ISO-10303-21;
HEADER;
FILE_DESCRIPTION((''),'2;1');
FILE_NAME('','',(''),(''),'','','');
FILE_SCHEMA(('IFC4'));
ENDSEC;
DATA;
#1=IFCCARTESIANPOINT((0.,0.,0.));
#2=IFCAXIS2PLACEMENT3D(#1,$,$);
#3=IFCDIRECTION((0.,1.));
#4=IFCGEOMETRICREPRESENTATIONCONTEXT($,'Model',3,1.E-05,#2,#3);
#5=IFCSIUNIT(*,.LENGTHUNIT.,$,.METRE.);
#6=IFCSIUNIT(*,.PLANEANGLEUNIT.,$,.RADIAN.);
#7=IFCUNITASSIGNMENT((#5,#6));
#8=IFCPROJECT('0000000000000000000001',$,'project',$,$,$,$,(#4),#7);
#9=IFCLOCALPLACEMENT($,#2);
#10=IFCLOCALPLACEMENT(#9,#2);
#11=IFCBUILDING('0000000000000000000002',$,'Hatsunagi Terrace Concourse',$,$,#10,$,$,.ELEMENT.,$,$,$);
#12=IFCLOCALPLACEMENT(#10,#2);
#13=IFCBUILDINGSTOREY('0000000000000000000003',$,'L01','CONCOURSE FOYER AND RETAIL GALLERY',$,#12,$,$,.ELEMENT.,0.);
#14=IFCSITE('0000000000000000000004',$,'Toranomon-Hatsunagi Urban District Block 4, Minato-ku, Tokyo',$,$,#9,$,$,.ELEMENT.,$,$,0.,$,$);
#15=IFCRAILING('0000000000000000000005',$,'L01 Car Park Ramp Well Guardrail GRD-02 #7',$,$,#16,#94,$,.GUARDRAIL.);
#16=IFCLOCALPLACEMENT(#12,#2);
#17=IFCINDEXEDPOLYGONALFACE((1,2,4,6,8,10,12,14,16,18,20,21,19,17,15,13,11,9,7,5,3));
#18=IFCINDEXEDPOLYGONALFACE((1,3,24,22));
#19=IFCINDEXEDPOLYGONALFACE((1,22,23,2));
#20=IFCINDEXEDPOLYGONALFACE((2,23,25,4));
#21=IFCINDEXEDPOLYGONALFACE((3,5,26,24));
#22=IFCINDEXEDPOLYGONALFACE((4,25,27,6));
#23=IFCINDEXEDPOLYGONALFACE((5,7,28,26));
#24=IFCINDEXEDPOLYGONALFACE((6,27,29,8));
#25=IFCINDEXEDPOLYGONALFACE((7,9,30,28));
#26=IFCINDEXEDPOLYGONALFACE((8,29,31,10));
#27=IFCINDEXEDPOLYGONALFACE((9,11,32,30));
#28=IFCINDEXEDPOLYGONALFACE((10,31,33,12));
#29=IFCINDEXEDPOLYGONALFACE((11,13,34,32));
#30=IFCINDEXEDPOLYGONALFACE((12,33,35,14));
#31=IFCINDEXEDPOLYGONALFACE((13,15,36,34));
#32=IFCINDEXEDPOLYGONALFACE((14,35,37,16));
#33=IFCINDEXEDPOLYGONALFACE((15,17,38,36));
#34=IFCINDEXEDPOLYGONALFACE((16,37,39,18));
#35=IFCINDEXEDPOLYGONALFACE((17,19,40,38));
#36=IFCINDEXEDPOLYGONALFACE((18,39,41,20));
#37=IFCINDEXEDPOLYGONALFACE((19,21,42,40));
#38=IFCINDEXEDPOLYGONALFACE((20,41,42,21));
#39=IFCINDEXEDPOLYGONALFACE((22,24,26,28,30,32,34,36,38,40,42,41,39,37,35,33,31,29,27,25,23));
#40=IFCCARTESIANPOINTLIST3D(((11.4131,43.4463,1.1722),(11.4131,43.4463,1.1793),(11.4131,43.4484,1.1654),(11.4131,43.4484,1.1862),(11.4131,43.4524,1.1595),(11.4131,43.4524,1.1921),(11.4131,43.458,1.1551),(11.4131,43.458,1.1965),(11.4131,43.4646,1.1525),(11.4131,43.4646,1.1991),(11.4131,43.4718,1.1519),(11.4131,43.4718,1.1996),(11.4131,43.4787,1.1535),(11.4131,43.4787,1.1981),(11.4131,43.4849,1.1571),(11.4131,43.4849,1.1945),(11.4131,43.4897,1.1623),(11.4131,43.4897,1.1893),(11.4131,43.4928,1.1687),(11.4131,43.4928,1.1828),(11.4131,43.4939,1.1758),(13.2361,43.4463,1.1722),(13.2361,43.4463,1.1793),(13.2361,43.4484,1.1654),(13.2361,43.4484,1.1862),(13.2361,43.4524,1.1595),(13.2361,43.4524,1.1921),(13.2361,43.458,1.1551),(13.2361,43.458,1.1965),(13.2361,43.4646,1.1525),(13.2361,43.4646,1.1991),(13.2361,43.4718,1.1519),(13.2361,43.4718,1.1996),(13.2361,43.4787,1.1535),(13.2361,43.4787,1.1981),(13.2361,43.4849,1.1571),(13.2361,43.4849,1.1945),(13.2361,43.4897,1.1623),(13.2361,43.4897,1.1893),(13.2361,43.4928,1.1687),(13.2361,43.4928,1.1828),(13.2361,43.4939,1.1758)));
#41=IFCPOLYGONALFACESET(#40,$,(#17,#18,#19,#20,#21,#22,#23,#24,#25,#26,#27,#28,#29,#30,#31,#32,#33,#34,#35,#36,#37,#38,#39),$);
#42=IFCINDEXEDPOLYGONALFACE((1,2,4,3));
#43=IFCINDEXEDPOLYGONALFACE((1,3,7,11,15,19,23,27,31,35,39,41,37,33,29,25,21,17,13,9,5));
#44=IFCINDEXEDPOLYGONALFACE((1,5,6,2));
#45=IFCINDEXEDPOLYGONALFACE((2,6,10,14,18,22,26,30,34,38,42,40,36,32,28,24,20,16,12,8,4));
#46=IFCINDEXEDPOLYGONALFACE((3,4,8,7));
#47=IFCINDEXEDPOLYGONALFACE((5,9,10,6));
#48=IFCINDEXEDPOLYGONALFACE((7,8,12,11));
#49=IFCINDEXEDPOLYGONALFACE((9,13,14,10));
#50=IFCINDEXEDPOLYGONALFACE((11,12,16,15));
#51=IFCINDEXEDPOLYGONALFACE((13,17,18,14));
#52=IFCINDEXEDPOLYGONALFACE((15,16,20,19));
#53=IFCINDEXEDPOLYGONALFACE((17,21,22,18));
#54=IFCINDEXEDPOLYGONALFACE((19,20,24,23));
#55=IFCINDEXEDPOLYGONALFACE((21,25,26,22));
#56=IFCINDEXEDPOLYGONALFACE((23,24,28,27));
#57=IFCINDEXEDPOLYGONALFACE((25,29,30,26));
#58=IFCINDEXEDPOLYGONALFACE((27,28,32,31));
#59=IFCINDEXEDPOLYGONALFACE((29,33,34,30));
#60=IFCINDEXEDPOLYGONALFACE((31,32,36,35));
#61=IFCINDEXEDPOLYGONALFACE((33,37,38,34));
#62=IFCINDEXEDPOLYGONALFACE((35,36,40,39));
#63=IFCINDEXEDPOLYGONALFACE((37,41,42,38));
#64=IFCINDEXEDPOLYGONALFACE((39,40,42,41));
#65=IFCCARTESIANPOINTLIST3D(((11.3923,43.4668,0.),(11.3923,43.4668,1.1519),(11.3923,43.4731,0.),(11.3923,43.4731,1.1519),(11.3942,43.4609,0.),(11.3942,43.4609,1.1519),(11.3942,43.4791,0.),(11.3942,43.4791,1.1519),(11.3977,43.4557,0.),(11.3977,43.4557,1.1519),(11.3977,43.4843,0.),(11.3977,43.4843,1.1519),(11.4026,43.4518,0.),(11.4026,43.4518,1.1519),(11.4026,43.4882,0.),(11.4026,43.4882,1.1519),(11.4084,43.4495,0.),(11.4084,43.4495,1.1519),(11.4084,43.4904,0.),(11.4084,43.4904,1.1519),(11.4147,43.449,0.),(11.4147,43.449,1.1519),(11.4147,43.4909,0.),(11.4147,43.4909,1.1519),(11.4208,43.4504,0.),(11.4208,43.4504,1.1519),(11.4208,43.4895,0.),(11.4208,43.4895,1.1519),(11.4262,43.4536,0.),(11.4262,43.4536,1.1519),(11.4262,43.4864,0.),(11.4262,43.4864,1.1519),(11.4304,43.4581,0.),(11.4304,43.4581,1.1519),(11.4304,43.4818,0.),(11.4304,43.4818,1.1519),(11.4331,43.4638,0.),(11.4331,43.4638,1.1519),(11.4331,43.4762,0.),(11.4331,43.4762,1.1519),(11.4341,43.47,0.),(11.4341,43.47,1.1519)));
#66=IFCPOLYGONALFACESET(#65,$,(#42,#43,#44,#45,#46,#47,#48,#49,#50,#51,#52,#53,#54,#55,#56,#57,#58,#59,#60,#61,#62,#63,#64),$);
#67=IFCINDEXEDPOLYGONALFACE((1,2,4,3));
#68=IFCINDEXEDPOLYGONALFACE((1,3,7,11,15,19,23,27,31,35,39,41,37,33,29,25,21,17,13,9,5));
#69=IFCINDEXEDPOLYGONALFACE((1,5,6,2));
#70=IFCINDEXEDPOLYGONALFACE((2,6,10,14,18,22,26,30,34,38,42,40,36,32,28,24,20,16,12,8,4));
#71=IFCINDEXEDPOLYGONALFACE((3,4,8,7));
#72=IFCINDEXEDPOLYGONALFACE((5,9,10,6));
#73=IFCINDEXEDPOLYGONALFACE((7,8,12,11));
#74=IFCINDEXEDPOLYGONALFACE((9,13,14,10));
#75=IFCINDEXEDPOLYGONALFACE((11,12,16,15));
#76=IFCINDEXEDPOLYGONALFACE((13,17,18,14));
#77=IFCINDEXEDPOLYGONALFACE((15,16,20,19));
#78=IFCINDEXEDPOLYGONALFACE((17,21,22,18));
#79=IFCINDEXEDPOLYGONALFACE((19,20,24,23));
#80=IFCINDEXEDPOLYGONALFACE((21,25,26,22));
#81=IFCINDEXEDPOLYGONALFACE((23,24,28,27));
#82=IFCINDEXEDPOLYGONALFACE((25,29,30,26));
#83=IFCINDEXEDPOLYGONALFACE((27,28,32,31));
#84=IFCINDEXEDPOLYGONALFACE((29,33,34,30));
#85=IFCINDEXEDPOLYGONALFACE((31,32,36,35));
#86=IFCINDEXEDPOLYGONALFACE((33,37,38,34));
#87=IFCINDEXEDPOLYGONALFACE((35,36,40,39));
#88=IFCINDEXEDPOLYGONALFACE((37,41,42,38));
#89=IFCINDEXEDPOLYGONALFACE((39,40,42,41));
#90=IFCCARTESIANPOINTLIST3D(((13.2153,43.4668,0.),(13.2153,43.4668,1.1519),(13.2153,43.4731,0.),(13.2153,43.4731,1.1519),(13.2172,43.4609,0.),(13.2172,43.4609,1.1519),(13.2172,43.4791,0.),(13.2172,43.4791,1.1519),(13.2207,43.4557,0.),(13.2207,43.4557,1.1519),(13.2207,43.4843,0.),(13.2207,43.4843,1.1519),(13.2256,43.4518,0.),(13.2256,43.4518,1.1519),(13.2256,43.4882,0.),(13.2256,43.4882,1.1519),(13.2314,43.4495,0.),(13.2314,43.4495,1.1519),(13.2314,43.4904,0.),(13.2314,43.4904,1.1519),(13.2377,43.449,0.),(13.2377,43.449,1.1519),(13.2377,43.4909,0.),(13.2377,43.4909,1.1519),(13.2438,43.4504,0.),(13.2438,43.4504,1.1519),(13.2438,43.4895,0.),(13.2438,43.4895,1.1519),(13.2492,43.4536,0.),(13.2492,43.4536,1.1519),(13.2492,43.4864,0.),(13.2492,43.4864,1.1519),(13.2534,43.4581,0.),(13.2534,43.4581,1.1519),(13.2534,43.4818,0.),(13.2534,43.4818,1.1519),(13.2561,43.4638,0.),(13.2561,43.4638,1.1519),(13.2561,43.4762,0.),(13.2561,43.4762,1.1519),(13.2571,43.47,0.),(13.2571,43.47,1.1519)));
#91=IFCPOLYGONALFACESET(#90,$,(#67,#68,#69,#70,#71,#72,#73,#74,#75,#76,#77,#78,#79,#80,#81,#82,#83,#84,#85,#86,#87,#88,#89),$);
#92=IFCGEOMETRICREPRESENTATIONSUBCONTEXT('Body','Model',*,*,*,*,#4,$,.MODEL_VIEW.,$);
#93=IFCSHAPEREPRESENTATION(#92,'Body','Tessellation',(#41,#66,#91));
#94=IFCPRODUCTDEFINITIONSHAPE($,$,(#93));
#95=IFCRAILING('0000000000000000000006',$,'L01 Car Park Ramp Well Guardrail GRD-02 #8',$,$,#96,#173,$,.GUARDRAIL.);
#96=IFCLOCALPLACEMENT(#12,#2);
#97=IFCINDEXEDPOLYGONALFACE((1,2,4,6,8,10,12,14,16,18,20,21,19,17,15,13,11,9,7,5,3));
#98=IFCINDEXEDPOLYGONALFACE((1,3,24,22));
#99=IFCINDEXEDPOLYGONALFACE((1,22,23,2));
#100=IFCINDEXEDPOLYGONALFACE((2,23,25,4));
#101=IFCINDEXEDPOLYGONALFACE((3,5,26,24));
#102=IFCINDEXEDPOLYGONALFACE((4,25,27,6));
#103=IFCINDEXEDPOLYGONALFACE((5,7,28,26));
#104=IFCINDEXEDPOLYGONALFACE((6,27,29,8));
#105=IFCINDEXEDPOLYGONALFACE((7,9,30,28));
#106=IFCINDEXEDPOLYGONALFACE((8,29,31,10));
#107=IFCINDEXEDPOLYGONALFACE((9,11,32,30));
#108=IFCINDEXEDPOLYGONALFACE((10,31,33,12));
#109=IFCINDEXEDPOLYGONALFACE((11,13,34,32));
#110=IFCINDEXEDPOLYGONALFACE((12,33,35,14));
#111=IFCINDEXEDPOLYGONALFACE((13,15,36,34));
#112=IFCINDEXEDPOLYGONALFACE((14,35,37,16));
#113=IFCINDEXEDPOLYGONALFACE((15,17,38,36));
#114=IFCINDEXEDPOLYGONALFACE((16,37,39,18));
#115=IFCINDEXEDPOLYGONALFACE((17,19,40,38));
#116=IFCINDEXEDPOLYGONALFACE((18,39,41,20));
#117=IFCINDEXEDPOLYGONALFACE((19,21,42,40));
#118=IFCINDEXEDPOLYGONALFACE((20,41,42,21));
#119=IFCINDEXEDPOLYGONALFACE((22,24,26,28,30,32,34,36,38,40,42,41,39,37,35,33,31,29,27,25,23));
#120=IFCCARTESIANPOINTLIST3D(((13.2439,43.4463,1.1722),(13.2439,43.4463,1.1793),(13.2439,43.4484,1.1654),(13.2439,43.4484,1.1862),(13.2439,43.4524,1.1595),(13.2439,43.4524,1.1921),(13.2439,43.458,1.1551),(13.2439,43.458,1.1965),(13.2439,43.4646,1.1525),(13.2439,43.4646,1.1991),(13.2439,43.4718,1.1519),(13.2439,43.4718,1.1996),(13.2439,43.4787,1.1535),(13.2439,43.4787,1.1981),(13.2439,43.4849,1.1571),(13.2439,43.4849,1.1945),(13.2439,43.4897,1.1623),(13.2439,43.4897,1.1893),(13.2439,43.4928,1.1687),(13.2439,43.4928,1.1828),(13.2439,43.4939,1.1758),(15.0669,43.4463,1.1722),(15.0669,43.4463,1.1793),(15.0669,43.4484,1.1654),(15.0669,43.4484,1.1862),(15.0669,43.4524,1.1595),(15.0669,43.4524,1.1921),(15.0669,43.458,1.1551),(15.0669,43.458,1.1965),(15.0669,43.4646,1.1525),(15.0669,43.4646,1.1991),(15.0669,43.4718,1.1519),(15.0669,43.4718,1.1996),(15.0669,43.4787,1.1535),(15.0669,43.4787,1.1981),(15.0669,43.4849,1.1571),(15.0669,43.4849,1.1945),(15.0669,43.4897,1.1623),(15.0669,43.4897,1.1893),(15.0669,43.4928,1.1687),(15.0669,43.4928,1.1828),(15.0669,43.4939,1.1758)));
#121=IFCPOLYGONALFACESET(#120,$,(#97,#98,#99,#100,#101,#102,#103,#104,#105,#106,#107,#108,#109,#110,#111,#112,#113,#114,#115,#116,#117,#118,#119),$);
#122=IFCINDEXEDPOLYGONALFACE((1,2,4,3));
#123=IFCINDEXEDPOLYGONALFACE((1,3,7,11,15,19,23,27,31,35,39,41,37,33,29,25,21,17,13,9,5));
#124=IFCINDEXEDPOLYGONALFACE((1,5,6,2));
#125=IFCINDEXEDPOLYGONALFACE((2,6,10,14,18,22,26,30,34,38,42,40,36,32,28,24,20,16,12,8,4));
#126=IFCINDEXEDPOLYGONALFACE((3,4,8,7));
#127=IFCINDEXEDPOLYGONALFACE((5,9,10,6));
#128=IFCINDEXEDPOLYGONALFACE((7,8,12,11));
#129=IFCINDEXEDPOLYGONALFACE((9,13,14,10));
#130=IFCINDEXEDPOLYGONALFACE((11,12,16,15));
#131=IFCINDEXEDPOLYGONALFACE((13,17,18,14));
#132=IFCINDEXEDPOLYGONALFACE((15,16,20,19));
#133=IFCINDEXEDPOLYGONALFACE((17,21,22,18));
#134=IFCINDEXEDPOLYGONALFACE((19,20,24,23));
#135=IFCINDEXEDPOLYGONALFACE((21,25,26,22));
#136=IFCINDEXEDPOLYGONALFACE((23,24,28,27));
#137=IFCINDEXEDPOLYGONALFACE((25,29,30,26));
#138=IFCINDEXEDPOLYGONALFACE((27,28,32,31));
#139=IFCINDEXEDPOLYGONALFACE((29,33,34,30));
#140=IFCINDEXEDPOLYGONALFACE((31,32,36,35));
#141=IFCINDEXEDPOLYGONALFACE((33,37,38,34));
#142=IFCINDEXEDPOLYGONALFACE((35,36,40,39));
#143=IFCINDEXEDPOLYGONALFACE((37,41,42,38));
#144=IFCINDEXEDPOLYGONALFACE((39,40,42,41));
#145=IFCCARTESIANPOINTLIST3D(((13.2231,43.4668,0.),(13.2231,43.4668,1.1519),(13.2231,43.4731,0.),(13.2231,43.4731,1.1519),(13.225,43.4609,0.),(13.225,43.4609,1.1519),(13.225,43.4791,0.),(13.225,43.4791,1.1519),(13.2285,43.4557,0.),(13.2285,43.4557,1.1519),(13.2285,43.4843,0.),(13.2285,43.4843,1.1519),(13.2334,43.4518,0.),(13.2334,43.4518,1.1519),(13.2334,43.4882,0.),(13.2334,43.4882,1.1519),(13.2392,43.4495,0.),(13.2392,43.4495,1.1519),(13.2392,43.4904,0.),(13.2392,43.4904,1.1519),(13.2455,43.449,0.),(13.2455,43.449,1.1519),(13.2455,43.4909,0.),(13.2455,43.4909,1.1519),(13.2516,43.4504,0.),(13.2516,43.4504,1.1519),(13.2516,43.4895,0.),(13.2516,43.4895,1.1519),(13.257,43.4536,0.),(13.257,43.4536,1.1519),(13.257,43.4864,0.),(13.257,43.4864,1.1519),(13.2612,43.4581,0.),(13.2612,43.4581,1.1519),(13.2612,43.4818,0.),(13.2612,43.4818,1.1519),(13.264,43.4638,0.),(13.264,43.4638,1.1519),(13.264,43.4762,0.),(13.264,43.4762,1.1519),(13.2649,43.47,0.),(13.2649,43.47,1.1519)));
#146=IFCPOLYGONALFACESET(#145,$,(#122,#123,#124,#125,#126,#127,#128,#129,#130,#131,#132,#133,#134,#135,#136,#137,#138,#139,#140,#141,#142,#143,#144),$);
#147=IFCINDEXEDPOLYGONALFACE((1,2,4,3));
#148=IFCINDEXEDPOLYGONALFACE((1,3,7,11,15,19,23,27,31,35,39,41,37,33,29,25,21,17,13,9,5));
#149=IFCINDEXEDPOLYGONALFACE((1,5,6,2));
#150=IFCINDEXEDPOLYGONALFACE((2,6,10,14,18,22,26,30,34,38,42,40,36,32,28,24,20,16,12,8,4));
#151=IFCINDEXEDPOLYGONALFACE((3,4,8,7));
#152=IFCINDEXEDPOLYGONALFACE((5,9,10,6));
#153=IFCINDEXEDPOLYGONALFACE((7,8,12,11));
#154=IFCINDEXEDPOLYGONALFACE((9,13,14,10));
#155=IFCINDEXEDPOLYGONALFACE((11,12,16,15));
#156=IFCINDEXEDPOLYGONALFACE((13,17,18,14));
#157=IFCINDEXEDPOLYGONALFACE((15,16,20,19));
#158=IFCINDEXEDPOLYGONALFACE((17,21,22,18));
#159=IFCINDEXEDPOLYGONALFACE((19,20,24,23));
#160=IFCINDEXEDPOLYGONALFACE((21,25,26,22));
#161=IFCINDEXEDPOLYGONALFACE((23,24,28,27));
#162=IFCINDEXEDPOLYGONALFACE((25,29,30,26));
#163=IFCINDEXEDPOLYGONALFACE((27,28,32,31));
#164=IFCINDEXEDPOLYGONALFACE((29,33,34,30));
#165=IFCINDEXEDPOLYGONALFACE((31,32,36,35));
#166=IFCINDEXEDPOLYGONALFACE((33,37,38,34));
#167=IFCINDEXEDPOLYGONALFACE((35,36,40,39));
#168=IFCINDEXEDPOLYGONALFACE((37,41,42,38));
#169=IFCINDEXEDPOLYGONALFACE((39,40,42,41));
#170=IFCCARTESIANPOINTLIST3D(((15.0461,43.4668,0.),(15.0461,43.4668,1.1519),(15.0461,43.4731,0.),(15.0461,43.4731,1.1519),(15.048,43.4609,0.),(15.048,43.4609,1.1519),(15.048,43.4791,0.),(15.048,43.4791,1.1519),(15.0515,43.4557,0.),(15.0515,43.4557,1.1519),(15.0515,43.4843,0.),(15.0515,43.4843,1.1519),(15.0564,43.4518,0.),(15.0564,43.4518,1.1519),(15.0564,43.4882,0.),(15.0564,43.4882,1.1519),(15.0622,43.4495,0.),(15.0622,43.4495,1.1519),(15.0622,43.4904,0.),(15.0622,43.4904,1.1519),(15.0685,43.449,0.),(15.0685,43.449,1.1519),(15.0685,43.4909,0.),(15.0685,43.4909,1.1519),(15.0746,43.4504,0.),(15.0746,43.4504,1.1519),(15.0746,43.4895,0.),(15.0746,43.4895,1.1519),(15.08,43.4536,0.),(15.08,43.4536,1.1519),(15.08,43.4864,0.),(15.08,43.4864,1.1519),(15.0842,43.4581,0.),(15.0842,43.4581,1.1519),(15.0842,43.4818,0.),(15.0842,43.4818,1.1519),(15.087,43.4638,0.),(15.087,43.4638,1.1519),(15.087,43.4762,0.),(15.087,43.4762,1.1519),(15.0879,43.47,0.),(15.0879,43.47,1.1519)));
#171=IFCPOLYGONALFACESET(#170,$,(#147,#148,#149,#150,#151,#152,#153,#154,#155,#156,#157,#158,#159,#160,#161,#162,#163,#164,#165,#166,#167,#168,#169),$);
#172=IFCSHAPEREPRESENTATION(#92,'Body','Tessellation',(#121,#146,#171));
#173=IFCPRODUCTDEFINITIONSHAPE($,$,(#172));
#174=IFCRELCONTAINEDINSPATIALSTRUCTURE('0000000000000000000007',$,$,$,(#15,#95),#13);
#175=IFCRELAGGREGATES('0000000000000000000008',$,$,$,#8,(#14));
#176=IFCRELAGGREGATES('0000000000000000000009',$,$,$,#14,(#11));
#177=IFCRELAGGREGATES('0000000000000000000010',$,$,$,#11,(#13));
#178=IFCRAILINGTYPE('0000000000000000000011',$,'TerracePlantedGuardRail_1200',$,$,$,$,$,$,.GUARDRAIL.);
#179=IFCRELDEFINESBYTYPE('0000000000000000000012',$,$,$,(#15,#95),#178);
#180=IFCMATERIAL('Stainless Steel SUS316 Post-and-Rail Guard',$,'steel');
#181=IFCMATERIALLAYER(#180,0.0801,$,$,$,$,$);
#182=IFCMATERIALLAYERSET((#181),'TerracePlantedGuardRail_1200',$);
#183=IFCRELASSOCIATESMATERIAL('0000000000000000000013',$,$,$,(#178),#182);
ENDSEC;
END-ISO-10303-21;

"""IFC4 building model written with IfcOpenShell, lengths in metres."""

from ifc_helpers import new_model, si_unit, direction, frame, origin, origin_2d, place, context, subcontext, project, spatial, circle, extrude, material, layer, layer_set, type_object, element, save


model = new_model("IFC4")

# Units and contexts
model_context = context("Model", 3, precision=1e-05, world=origin(), true_north=direction((0.0, 1.0)))
body_context = subcontext(model_context, "Body", "Model", "MODEL_VIEW")
ifc_project = project(units=[si_unit("LENGTHUNIT", "METRE"), si_unit("PLANEANGLEUNIT", "RADIAN")], contexts=[model_context])

# Site, building, storey
site_placement = place(None, origin())
site = spatial("IfcSite", under=ifc_project, at=site_placement, Name="Toranomon-Hatsunagi Urban District Block 4, Minato-ku, Tokyo", CompositionType="ELEMENT", RefElevation=0.0)
building_placement = place(site_placement, origin())
building = spatial("IfcBuilding", under=site, at=building_placement, Name="Hatsunagi Terrace Concourse", CompositionType="ELEMENT")
storey_placement = place(building_placement, origin())
storey = spatial("IfcBuildingStorey", under=building, at=storey_placement, Name="L01", Description="CONCOURSE FOYER AND RETAIL GALLERY", CompositionType="ELEMENT", Elevation=0.0)

# Railings
ifc_material_1 = material(Name="Stainless Steel SUS316 Post-and-Rail Guard", Category="steel")
ifc_layer_1 = layer(ifc_material_1, 0.0801)
ifc_layer_set_1 = layer_set([ifc_layer_1], Name="TerracePlantedGuardRail_1200")
railing_type_1 = type_object("IfcRailingType", Name="TerracePlantedGuardRail_1200", PredefinedType="GUARDRAIL", material=ifc_layer_set_1)
for number, where, name in (
    (1, (11.4131, 43.47, 0.0), "L01 Car Park Ramp Well Guardrail GRD-02 #7"),
    (2, (13.2439, 43.47, 0.0), "L01 Car Park Ramp Well Guardrail GRD-02 #8"),
):
    element("IfcRailing", number, at=place(storey_placement, frame(where)), inside=storey, type_object=railing_type_1, Name=name, PredefinedType="GUARDRAIL", context=body_context, shape_type="SweptSolid", body=[
        extrude(circle(Radius=0.0239, at=origin_2d()), frame((0.0, 0.0, 1.1758), z_axis=(1.0, 0.0, 0.0), x_axis=(0.0, 1.0, 0.0)), (0.0, 0.0, 1.0), 1.823),
        extrude(circle(Radius=0.021, at=origin_2d()), origin(), (0.0, 0.0, 1.0), 1.1519),
        extrude(circle(Radius=0.021, at=origin_2d()), frame((1.823, 0.0, 0.0)), (0.0, 0.0, 1.0), 1.1519),
    ])

save(model, "model.ifc")
